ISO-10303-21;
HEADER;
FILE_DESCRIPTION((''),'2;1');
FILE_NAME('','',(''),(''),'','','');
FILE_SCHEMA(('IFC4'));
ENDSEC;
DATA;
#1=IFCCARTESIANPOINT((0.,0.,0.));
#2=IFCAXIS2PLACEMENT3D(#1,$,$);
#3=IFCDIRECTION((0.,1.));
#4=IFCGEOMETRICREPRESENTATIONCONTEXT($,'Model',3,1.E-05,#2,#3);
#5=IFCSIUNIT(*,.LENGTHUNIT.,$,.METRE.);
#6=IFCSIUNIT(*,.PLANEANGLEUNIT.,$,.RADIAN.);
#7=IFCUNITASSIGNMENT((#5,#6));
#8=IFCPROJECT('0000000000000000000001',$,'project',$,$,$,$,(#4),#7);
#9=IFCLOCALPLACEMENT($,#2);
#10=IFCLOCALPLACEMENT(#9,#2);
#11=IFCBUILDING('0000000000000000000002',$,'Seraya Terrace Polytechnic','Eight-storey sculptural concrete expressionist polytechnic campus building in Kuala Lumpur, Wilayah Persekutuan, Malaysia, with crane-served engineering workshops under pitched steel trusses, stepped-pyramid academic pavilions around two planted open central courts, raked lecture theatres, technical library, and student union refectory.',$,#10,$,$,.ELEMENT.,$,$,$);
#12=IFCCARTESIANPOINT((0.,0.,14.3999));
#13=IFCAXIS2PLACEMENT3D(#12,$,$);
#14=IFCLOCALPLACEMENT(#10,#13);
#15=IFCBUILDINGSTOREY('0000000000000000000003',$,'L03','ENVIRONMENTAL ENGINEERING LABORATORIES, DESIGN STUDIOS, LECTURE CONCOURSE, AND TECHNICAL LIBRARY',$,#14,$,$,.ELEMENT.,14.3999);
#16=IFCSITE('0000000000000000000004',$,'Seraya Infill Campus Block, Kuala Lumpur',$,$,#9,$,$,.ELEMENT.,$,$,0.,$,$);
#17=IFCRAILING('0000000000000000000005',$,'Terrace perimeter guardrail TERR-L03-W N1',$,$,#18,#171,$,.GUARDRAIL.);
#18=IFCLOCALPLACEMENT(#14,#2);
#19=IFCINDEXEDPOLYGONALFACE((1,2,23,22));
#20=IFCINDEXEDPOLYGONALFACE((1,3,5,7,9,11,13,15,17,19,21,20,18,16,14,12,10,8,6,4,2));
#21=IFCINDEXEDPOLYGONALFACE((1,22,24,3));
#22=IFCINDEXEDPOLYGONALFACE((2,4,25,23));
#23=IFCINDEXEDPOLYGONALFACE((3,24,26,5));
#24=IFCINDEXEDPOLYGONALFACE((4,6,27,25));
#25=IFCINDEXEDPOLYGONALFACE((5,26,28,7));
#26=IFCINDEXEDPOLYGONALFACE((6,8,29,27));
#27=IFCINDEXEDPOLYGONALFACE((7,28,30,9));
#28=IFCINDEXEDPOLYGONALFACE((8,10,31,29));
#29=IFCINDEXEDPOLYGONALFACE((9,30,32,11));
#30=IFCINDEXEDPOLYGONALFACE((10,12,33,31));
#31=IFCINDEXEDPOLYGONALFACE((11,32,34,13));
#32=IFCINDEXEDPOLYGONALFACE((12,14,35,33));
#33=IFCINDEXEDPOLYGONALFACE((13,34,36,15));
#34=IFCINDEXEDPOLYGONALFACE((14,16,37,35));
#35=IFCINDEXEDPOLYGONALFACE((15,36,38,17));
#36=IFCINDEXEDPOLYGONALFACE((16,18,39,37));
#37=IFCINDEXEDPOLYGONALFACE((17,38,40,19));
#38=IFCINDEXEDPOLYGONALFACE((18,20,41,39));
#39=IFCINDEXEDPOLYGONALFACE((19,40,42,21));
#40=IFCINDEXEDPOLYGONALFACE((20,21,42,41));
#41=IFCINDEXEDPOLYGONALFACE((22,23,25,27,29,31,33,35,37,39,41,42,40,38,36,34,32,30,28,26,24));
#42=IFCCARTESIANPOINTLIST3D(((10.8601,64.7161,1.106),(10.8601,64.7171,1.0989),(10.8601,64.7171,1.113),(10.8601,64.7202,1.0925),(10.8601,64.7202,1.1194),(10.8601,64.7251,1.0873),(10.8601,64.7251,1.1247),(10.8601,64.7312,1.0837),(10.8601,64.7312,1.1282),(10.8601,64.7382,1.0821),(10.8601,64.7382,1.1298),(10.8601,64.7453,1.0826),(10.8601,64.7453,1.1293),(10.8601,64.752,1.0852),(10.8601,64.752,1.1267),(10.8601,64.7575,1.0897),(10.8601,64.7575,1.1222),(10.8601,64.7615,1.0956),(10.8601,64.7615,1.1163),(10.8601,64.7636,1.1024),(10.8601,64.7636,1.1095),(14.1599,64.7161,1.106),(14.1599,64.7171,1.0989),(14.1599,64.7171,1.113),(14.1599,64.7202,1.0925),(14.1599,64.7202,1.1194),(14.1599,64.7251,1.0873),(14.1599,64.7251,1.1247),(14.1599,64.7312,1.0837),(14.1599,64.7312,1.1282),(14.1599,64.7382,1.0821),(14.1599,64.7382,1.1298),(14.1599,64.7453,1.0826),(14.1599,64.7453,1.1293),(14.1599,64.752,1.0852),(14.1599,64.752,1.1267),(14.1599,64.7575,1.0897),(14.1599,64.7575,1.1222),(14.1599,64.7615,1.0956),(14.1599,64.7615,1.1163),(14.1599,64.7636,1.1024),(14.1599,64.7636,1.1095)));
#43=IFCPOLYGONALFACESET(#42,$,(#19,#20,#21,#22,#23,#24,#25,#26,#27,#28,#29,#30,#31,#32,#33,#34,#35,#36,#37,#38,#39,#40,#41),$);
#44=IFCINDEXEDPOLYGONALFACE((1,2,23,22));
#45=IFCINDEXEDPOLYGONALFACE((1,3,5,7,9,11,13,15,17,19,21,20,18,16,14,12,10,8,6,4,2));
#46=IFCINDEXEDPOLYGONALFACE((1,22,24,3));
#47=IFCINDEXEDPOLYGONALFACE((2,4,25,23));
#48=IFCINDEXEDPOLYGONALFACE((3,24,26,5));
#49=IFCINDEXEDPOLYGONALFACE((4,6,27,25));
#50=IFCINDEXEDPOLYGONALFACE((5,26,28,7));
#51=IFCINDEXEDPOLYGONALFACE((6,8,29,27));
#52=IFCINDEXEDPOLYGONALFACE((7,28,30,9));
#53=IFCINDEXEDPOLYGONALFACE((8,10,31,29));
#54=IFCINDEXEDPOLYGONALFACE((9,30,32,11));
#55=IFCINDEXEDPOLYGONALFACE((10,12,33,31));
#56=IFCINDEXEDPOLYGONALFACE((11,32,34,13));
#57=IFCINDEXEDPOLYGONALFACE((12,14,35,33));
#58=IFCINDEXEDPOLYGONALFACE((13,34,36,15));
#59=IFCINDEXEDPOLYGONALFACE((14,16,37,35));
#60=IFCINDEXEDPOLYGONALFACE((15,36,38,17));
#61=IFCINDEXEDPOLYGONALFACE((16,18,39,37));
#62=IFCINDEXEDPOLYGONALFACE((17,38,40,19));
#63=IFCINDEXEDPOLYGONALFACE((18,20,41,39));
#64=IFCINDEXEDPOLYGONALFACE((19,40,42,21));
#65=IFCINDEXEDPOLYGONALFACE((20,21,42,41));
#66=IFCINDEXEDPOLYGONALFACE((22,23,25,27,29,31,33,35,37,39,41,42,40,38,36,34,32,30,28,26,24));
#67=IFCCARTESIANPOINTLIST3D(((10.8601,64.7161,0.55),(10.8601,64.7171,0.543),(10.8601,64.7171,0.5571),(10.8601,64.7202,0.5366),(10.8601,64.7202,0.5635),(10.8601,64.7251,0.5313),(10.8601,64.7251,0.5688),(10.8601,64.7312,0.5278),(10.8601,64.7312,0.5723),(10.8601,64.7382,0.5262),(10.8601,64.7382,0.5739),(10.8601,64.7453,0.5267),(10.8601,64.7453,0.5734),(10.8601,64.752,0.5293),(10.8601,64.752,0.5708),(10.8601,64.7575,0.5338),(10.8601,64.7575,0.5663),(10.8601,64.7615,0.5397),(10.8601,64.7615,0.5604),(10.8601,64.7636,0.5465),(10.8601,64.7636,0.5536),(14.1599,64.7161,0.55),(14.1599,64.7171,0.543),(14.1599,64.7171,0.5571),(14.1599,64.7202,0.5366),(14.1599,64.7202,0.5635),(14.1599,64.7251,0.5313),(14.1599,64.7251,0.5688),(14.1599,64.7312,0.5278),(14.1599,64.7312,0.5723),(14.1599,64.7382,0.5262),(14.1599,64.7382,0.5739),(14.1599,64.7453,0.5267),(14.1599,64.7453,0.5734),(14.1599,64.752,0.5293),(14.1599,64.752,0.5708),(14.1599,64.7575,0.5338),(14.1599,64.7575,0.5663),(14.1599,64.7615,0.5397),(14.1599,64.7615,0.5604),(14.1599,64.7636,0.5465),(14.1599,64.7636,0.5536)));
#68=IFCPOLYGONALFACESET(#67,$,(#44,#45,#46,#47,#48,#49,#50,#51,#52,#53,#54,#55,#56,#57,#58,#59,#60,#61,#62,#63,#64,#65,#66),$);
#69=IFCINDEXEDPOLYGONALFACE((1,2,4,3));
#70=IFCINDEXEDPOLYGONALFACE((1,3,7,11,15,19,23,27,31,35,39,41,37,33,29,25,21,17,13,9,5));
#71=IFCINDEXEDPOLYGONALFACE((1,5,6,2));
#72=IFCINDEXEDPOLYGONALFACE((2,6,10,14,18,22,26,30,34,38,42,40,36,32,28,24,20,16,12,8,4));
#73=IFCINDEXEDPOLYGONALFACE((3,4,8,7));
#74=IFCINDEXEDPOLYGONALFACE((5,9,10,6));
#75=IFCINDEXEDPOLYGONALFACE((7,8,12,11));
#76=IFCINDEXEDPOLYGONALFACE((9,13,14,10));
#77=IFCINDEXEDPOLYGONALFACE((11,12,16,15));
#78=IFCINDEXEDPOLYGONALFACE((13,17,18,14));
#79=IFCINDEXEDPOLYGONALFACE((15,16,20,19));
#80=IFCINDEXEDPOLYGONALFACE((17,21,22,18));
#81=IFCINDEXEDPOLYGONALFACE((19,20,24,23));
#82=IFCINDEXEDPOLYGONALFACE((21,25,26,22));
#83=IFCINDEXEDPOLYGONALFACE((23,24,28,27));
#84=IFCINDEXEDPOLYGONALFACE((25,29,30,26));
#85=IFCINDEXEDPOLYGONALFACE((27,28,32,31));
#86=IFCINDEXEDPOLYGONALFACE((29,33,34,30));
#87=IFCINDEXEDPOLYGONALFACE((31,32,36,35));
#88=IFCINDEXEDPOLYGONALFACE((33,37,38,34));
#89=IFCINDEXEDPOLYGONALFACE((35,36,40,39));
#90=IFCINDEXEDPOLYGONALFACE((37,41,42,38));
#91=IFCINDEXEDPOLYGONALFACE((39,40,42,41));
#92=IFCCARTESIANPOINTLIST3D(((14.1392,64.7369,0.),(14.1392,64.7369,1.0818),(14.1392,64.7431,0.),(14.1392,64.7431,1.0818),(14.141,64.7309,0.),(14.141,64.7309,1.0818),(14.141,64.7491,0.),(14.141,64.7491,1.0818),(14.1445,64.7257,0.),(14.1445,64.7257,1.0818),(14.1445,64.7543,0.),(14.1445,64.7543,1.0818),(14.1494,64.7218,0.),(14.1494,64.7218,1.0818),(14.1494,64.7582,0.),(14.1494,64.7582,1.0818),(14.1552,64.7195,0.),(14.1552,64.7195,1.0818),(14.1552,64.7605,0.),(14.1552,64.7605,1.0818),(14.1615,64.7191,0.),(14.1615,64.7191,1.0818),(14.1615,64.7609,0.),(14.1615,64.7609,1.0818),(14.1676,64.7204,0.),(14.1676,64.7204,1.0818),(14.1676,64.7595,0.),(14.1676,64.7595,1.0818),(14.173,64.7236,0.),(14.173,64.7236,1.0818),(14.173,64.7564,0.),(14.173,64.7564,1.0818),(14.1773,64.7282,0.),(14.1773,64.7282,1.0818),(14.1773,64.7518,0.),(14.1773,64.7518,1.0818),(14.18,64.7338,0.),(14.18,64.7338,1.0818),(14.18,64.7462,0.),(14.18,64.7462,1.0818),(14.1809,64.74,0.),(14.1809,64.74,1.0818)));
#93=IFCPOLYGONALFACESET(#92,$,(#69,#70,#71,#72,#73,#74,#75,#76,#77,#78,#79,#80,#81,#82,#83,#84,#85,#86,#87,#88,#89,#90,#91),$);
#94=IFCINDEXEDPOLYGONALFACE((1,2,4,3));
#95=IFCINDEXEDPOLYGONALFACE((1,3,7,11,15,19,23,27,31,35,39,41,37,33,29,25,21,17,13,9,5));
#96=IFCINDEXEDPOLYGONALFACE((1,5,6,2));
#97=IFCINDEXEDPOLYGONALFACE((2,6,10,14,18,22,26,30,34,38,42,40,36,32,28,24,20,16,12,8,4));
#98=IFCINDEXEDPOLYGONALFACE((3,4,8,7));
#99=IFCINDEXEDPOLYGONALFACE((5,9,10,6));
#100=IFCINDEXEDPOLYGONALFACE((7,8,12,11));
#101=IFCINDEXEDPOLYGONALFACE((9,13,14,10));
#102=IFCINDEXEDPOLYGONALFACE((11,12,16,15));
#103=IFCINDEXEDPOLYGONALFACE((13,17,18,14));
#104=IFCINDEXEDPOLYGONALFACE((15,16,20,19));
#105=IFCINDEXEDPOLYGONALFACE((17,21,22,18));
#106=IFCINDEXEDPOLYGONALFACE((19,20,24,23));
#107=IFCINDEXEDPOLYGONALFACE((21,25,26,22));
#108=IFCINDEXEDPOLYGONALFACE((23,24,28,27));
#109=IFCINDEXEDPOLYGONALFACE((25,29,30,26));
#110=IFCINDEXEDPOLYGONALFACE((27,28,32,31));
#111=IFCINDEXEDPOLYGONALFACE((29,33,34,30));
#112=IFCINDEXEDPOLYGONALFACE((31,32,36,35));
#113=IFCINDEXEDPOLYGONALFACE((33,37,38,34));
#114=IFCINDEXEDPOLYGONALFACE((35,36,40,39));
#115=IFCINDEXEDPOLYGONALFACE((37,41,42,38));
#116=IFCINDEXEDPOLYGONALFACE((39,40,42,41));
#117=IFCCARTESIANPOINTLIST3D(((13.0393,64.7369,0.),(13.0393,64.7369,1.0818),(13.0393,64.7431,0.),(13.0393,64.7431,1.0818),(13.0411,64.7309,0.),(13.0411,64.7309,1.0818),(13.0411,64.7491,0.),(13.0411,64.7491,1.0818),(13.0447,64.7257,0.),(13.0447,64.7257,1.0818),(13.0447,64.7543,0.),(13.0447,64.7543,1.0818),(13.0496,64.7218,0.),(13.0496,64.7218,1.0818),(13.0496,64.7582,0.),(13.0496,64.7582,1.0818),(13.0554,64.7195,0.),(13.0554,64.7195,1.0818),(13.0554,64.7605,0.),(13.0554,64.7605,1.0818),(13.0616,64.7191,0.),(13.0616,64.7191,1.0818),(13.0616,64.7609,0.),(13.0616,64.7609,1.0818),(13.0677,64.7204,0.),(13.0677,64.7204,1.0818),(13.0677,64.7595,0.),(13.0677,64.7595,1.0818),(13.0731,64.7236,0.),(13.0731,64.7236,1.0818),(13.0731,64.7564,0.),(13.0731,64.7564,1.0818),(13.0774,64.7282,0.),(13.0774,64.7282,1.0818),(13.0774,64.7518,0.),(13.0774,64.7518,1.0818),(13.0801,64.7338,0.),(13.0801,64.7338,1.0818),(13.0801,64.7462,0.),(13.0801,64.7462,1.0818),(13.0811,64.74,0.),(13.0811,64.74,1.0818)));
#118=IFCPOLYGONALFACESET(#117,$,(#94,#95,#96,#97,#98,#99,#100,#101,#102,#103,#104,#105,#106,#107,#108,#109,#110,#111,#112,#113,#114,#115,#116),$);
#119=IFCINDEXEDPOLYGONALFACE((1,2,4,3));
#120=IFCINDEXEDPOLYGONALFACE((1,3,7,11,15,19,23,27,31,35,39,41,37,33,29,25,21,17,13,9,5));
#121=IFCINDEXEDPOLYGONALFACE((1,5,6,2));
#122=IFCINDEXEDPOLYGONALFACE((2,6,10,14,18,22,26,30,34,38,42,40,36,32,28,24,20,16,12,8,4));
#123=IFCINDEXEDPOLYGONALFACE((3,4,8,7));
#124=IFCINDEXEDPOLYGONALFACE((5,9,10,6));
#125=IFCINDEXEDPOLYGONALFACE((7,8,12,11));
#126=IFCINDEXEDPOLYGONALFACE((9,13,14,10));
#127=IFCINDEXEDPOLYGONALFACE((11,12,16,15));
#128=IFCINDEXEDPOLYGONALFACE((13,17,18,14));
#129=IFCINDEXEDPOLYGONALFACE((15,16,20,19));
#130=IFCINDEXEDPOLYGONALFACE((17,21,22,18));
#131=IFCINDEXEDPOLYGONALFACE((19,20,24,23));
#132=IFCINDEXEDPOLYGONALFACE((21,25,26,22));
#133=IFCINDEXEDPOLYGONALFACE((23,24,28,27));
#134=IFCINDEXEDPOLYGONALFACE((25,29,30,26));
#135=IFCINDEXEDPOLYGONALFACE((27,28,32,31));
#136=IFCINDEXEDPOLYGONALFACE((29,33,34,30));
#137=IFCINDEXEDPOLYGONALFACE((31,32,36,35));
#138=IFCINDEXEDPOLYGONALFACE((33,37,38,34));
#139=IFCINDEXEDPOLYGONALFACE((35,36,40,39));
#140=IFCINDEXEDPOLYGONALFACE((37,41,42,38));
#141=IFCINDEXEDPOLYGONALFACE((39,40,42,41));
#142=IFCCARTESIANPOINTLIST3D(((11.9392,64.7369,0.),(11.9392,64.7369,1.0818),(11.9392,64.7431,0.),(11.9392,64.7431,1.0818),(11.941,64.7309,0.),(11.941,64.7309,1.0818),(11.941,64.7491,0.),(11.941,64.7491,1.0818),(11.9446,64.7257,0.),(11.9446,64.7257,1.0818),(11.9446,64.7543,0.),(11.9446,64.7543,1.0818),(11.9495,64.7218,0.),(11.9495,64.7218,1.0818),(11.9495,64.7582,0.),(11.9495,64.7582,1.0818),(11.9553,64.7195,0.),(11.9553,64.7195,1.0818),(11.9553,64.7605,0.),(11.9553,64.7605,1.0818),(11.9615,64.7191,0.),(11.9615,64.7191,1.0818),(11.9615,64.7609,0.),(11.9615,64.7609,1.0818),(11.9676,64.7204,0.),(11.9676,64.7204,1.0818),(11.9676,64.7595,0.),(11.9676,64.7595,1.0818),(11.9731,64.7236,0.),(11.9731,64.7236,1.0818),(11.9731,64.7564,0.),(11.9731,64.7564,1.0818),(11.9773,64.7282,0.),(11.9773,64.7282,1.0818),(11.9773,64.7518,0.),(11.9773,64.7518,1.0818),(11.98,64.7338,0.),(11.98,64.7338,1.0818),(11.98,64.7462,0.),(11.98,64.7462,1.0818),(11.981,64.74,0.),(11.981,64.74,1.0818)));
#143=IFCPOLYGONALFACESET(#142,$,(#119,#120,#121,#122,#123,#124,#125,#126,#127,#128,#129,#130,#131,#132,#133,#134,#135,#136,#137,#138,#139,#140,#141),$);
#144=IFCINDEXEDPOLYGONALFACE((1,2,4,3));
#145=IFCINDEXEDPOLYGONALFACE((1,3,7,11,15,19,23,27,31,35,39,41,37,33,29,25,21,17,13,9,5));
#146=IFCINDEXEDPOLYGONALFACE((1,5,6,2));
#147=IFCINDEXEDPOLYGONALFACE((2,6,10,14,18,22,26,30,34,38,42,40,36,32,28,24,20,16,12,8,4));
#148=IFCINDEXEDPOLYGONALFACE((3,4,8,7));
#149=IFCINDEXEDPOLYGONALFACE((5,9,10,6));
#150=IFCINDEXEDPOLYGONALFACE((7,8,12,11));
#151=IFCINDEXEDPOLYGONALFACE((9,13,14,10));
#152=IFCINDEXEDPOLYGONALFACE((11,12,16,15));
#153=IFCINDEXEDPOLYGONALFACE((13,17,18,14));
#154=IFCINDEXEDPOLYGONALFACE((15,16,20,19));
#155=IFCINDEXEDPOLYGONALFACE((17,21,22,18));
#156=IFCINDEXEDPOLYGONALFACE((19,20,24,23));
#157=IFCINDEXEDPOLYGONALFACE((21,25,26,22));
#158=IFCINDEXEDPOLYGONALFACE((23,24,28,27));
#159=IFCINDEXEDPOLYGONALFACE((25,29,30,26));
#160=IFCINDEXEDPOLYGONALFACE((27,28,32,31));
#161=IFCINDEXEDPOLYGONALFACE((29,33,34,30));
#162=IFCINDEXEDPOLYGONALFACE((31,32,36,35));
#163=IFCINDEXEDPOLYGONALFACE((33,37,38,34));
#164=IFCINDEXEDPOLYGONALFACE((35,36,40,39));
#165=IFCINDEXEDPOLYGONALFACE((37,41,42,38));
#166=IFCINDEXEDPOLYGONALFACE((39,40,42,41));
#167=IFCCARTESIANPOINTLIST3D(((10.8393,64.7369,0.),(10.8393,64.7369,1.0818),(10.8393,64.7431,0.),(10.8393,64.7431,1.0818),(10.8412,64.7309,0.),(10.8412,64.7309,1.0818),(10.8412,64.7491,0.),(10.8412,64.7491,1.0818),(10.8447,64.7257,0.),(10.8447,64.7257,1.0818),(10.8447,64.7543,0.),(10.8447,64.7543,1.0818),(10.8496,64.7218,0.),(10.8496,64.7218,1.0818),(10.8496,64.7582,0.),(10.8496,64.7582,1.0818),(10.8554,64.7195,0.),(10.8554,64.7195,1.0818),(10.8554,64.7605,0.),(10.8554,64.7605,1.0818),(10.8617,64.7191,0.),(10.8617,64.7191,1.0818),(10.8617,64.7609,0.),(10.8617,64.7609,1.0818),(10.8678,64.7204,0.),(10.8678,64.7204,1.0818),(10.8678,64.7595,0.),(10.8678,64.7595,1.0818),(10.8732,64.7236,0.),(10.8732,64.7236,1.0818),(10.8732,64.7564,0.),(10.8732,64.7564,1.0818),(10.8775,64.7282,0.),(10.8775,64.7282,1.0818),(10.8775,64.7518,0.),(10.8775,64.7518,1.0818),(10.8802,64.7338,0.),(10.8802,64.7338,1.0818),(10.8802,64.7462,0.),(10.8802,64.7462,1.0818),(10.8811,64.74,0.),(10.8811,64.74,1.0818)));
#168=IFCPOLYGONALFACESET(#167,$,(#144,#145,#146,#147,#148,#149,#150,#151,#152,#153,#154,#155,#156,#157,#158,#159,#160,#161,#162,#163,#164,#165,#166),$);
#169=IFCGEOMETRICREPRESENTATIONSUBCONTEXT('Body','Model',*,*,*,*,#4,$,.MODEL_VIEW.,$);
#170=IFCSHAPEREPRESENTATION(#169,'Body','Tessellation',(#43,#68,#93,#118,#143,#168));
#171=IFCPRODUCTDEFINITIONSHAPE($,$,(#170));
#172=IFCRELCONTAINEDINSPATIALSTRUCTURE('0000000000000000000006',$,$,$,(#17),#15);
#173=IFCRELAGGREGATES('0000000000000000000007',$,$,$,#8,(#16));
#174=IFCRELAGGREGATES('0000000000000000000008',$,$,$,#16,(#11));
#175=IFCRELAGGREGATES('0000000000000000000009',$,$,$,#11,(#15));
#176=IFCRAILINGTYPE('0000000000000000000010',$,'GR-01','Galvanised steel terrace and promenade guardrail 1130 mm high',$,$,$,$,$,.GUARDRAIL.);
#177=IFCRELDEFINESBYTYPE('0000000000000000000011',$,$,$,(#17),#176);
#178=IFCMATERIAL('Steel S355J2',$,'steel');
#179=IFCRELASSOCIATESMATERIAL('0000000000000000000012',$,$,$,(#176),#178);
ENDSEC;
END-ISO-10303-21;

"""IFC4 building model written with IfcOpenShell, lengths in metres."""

from ifc_helpers import new_model, si_unit, direction, frame, origin, origin_2d, place, context, subcontext, project, spatial, circle, extrude, material, type_object, element, save


model = new_model("IFC4")

# Units and contexts
model_context = context("Model", 3, precision=1e-05, world=origin(), true_north=direction((0.0, 1.0)))
body_context = subcontext(model_context, "Body", "Model", "MODEL_VIEW")
ifc_project = project(units=[si_unit("LENGTHUNIT", "METRE"), si_unit("PLANEANGLEUNIT", "RADIAN")], contexts=[model_context])

# Site, building, storey
site_placement = place(None, origin())
site = spatial("IfcSite", under=ifc_project, at=site_placement, Name="Seraya Infill Campus Block, Kuala Lumpur", CompositionType="ELEMENT", RefElevation=0.0)
building_placement = place(site_placement, origin())
building = spatial("IfcBuilding", under=site, at=building_placement, Name="Seraya Terrace Polytechnic", Description="Eight-storey sculptural concrete expressionist polytechnic campus building in Kuala Lumpur, Wilayah Persekutuan, Malaysia, with crane-served engineering workshops under pitched steel trusses, stepped-pyramid academic pavilions around two planted open central courts, raked lecture theatres, technical library, and student union refectory.", CompositionType="ELEMENT")
storey_placement = place(building_placement, frame((0.0, 0.0, 14.3999)))
storey = spatial("IfcBuildingStorey", under=building, at=storey_placement, Name="L03", Description="ENVIRONMENTAL ENGINEERING LABORATORIES, DESIGN STUDIOS, LECTURE CONCOURSE, AND TECHNICAL LIBRARY", CompositionType="ELEMENT", Elevation=14.3999)

# Shared definitions
ifc_material_1 = material(Name="Steel S355J2", Category="steel")

# Railing
railing_type = type_object("IfcRailingType", Name="GR-01", Description="Galvanised steel terrace and promenade guardrail 1130 mm high", PredefinedType="GUARDRAIL", material=ifc_material_1)
railing_1_placement = place(storey_placement, frame((14.1599, 64.74, 0.0)))
element("IfcRailing", 1, at=railing_1_placement, inside=storey, type_object=railing_type, Name="Terrace perimeter guardrail TERR-L03-W N1", PredefinedType="GUARDRAIL", context=body_context, shape_type="SweptSolid", body=[
    extrude(circle(Radius=0.0239, at=origin_2d()), frame((0.0, 0.0, 1.106), z_axis=(-1.0, 0.0, 0.0), x_axis=(0.0, -1.0, 0.0)), (0.0, 0.0, 1.0), 3.2998),
    extrude(circle(Radius=0.0239, at=origin_2d()), frame((0.0, 0.0, 0.55), z_axis=(-1.0, 0.0, 0.0), x_axis=(0.0, -1.0, 0.0)), (0.0, 0.0, 1.0), 3.2998),
    extrude(circle(Radius=0.021, at=origin_2d()), origin(), (0.0, 0.0, 1.0), 1.0818),
    extrude(circle(Radius=0.021, at=origin_2d()), frame((-1.0999, 0.0, 0.0)), (0.0, 0.0, 1.0), 1.0818),
    extrude(circle(Radius=0.021, at=origin_2d()), frame((-2.2, 0.0, 0.0)), (0.0, 0.0, 1.0), 1.0818),
    extrude(circle(Radius=0.021, at=origin_2d()), frame((-3.2998, 0.0, 0.0)), (0.0, 0.0, 1.0), 1.0818),
])

save(model, "model.ifc")
